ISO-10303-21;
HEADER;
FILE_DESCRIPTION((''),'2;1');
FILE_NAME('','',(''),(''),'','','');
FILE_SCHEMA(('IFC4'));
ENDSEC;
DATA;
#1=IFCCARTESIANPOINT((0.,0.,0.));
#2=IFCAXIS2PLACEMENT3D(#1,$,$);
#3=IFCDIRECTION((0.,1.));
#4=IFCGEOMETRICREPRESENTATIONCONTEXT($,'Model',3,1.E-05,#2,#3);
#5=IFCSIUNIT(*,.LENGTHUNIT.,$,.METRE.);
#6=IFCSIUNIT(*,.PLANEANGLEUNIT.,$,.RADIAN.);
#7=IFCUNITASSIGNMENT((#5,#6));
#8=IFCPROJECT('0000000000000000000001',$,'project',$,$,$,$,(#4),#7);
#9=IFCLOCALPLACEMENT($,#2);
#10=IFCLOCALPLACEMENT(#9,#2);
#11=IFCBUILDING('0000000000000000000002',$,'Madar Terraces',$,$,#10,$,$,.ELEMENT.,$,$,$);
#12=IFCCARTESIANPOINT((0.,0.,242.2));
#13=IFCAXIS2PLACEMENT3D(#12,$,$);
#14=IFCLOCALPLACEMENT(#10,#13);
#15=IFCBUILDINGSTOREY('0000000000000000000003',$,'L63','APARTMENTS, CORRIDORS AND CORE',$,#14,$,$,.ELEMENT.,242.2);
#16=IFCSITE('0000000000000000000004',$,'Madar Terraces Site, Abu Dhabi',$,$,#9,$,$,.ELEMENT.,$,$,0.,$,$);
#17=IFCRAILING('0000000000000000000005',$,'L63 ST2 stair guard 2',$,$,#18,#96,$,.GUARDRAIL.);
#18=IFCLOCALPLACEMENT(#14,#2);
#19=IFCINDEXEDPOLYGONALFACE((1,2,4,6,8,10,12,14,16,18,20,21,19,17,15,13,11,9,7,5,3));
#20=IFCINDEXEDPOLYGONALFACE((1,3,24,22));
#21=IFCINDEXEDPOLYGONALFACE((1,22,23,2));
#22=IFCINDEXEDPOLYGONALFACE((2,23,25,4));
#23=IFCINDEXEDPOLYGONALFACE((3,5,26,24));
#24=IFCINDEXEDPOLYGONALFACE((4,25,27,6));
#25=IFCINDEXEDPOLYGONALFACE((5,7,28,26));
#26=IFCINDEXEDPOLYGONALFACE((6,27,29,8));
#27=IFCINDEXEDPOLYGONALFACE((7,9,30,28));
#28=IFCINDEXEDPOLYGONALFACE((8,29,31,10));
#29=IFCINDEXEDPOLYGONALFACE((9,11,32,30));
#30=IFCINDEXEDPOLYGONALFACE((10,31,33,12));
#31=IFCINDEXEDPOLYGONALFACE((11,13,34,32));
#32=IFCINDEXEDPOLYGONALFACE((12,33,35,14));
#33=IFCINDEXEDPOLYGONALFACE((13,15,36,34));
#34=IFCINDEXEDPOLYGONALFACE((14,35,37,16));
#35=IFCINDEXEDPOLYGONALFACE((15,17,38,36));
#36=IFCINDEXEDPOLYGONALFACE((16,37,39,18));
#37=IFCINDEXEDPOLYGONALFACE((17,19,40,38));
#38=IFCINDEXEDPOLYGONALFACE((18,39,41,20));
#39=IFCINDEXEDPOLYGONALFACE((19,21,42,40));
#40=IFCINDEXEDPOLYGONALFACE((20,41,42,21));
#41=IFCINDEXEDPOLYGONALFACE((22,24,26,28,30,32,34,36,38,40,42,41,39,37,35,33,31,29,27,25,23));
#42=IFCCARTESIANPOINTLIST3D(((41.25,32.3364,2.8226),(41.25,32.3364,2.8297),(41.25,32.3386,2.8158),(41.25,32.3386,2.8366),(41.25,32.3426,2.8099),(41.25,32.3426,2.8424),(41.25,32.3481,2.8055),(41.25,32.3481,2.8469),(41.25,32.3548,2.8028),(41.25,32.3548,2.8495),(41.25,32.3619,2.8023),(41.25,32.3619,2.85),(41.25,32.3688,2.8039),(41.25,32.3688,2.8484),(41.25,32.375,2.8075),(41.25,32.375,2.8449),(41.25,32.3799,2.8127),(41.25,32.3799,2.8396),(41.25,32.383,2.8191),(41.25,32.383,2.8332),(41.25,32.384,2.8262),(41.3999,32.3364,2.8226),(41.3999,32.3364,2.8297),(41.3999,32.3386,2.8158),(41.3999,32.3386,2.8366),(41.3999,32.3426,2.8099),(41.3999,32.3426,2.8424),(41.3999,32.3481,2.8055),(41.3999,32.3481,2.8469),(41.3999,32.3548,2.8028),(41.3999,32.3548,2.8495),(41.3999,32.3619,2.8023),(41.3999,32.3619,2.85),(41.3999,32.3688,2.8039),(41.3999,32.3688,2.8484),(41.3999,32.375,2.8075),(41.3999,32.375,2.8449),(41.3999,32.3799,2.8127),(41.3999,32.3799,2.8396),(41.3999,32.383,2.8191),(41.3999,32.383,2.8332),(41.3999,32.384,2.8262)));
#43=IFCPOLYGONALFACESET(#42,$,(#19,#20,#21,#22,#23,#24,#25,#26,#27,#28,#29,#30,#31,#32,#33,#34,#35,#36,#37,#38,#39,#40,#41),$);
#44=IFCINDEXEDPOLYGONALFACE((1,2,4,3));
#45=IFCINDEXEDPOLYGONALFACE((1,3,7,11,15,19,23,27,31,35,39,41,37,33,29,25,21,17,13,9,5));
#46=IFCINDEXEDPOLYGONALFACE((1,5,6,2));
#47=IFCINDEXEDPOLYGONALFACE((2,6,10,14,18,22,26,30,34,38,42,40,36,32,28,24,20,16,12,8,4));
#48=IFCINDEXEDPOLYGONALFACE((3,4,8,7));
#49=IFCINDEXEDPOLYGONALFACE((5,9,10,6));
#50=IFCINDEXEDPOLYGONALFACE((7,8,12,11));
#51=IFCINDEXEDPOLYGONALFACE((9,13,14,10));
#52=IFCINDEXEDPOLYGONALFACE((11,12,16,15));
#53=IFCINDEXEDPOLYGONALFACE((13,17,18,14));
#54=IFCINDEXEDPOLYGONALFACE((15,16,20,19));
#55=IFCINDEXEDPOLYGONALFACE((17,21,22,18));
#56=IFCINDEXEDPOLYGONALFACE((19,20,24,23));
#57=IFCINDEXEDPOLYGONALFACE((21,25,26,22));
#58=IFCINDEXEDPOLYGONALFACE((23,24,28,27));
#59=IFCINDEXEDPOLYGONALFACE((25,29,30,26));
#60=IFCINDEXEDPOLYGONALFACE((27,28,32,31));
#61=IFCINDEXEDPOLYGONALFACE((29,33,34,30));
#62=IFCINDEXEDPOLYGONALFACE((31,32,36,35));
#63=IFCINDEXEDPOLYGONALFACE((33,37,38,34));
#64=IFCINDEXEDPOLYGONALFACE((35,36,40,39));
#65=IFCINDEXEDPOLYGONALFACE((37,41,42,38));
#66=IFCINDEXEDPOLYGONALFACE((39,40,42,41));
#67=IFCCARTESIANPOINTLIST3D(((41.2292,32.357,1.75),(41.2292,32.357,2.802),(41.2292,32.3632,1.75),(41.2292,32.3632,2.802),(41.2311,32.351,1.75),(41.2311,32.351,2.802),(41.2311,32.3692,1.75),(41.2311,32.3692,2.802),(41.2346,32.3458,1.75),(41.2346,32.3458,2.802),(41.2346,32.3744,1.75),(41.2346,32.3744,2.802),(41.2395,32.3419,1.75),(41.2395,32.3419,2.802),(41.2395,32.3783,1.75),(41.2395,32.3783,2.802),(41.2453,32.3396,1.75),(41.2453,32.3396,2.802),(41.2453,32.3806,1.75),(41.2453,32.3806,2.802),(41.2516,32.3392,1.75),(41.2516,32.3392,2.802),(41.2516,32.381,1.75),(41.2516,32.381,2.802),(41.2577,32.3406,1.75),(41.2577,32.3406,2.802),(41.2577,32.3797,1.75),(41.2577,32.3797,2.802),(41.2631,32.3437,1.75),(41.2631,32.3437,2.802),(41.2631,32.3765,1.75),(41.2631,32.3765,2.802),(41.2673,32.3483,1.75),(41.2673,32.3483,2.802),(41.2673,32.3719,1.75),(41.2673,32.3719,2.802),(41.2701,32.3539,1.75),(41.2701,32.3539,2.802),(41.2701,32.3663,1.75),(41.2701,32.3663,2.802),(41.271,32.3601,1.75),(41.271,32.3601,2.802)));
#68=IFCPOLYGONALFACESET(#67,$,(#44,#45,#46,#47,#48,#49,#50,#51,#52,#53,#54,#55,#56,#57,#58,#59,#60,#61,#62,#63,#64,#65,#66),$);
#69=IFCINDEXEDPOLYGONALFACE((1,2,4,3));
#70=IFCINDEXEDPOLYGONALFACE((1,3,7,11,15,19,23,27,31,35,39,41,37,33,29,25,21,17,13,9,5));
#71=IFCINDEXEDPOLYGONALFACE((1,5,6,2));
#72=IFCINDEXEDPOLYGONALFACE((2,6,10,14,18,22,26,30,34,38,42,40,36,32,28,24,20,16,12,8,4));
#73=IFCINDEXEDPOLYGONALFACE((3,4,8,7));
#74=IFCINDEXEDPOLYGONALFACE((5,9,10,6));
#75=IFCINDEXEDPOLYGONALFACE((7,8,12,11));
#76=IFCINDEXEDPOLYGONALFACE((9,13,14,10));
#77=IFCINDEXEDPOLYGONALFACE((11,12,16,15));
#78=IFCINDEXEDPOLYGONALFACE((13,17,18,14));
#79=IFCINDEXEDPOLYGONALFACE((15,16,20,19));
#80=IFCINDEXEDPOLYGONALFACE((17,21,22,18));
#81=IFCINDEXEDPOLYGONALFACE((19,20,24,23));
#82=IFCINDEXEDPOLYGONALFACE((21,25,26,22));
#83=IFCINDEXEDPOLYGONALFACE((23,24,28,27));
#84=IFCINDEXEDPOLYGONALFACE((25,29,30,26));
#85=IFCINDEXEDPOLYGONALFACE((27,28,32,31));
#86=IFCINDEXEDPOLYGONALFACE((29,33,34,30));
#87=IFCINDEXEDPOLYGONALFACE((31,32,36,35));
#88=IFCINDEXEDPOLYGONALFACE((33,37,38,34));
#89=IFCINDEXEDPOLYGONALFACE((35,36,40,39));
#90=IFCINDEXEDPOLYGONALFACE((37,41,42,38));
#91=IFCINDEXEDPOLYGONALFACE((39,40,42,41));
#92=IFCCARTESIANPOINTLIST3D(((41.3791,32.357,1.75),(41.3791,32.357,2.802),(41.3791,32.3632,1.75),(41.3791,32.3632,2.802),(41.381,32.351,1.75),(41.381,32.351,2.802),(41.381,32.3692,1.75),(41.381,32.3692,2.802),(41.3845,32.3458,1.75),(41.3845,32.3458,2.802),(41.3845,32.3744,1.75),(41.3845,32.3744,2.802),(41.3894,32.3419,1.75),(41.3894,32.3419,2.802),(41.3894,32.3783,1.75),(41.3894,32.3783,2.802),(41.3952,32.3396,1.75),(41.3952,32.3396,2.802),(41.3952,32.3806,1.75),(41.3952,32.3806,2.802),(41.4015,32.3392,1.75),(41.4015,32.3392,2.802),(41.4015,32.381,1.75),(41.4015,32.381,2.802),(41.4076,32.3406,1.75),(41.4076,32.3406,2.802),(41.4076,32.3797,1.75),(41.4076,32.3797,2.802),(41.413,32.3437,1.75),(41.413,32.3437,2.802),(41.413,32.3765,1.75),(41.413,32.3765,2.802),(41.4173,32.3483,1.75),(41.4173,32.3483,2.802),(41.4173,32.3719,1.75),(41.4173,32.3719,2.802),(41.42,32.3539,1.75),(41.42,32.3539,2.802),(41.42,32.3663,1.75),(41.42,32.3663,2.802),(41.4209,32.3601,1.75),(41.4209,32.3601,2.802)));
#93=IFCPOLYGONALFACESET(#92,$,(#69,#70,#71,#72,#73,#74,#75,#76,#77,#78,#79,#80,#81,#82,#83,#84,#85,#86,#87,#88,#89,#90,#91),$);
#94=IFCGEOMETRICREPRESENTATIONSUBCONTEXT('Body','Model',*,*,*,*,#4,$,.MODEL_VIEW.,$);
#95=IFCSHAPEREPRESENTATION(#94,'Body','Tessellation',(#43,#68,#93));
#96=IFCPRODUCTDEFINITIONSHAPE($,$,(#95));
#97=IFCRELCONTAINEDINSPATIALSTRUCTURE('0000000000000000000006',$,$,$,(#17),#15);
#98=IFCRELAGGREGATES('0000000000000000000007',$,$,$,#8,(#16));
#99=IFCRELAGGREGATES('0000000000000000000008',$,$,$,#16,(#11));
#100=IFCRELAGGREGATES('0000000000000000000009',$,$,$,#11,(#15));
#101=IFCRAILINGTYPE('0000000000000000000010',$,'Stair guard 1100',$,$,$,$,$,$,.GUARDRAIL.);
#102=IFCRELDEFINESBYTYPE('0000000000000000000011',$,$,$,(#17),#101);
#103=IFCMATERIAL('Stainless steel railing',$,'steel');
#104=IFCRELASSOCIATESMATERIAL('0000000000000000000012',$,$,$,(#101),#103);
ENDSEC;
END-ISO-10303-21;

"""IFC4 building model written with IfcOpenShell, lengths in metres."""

from ifc_helpers import new_model, si_unit, direction, frame, origin, origin_2d, place, context, subcontext, project, spatial, circle, extrude, material, type_object, element, save


model = new_model("IFC4")

# Units and contexts
model_context = context("Model", 3, precision=1e-05, world=origin(), true_north=direction((0.0, 1.0)))
body_context = subcontext(model_context, "Body", "Model", "MODEL_VIEW")
ifc_project = project(units=[si_unit("LENGTHUNIT", "METRE"), si_unit("PLANEANGLEUNIT", "RADIAN")], contexts=[model_context])

# Site, building, storey
site_placement = place(None, origin())
site = spatial("IfcSite", under=ifc_project, at=site_placement, Name="Madar Terraces Site, Abu Dhabi", CompositionType="ELEMENT", RefElevation=0.0)
building_placement = place(site_placement, origin())
building = spatial("IfcBuilding", under=site, at=building_placement, Name="Madar Terraces", CompositionType="ELEMENT")
storey_placement = place(building_placement, frame((0.0, 0.0, 242.2)))
storey = spatial("IfcBuildingStorey", under=building, at=storey_placement, Name="L63", Description="APARTMENTS, CORRIDORS AND CORE", CompositionType="ELEMENT", Elevation=242.2)

# Railing
ifc_material_1 = material(Name="Stainless steel railing", Category="steel")
railing_type_1 = type_object("IfcRailingType", Name="Stair guard 1100", PredefinedType="GUARDRAIL", material=ifc_material_1)
railing_1_placement = place(storey_placement, frame((41.25, 32.3601, 1.75)))
element("IfcRailing", 1, at=railing_1_placement, inside=storey, type_object=railing_type_1, Name="L63 ST2 stair guard 2", PredefinedType="GUARDRAIL", context=body_context, shape_type="SweptSolid", body=[
    extrude(circle(Radius=0.0239, at=origin_2d()), frame((0.0, 0.0, 1.0762), z_axis=(1.0, 0.0, 0.0), x_axis=(0.0, 1.0, 0.0)), (0.0, 0.0, 1.0), 0.1499),
    extrude(circle(Radius=0.021, at=origin_2d()), origin(), (0.0, 0.0, 1.0), 1.052),
    extrude(circle(Radius=0.021, at=origin_2d()), frame((0.1499, 0.0, 0.0)), (0.0, 0.0, 1.0), 1.052),
])

save(model, "model.ifc")
